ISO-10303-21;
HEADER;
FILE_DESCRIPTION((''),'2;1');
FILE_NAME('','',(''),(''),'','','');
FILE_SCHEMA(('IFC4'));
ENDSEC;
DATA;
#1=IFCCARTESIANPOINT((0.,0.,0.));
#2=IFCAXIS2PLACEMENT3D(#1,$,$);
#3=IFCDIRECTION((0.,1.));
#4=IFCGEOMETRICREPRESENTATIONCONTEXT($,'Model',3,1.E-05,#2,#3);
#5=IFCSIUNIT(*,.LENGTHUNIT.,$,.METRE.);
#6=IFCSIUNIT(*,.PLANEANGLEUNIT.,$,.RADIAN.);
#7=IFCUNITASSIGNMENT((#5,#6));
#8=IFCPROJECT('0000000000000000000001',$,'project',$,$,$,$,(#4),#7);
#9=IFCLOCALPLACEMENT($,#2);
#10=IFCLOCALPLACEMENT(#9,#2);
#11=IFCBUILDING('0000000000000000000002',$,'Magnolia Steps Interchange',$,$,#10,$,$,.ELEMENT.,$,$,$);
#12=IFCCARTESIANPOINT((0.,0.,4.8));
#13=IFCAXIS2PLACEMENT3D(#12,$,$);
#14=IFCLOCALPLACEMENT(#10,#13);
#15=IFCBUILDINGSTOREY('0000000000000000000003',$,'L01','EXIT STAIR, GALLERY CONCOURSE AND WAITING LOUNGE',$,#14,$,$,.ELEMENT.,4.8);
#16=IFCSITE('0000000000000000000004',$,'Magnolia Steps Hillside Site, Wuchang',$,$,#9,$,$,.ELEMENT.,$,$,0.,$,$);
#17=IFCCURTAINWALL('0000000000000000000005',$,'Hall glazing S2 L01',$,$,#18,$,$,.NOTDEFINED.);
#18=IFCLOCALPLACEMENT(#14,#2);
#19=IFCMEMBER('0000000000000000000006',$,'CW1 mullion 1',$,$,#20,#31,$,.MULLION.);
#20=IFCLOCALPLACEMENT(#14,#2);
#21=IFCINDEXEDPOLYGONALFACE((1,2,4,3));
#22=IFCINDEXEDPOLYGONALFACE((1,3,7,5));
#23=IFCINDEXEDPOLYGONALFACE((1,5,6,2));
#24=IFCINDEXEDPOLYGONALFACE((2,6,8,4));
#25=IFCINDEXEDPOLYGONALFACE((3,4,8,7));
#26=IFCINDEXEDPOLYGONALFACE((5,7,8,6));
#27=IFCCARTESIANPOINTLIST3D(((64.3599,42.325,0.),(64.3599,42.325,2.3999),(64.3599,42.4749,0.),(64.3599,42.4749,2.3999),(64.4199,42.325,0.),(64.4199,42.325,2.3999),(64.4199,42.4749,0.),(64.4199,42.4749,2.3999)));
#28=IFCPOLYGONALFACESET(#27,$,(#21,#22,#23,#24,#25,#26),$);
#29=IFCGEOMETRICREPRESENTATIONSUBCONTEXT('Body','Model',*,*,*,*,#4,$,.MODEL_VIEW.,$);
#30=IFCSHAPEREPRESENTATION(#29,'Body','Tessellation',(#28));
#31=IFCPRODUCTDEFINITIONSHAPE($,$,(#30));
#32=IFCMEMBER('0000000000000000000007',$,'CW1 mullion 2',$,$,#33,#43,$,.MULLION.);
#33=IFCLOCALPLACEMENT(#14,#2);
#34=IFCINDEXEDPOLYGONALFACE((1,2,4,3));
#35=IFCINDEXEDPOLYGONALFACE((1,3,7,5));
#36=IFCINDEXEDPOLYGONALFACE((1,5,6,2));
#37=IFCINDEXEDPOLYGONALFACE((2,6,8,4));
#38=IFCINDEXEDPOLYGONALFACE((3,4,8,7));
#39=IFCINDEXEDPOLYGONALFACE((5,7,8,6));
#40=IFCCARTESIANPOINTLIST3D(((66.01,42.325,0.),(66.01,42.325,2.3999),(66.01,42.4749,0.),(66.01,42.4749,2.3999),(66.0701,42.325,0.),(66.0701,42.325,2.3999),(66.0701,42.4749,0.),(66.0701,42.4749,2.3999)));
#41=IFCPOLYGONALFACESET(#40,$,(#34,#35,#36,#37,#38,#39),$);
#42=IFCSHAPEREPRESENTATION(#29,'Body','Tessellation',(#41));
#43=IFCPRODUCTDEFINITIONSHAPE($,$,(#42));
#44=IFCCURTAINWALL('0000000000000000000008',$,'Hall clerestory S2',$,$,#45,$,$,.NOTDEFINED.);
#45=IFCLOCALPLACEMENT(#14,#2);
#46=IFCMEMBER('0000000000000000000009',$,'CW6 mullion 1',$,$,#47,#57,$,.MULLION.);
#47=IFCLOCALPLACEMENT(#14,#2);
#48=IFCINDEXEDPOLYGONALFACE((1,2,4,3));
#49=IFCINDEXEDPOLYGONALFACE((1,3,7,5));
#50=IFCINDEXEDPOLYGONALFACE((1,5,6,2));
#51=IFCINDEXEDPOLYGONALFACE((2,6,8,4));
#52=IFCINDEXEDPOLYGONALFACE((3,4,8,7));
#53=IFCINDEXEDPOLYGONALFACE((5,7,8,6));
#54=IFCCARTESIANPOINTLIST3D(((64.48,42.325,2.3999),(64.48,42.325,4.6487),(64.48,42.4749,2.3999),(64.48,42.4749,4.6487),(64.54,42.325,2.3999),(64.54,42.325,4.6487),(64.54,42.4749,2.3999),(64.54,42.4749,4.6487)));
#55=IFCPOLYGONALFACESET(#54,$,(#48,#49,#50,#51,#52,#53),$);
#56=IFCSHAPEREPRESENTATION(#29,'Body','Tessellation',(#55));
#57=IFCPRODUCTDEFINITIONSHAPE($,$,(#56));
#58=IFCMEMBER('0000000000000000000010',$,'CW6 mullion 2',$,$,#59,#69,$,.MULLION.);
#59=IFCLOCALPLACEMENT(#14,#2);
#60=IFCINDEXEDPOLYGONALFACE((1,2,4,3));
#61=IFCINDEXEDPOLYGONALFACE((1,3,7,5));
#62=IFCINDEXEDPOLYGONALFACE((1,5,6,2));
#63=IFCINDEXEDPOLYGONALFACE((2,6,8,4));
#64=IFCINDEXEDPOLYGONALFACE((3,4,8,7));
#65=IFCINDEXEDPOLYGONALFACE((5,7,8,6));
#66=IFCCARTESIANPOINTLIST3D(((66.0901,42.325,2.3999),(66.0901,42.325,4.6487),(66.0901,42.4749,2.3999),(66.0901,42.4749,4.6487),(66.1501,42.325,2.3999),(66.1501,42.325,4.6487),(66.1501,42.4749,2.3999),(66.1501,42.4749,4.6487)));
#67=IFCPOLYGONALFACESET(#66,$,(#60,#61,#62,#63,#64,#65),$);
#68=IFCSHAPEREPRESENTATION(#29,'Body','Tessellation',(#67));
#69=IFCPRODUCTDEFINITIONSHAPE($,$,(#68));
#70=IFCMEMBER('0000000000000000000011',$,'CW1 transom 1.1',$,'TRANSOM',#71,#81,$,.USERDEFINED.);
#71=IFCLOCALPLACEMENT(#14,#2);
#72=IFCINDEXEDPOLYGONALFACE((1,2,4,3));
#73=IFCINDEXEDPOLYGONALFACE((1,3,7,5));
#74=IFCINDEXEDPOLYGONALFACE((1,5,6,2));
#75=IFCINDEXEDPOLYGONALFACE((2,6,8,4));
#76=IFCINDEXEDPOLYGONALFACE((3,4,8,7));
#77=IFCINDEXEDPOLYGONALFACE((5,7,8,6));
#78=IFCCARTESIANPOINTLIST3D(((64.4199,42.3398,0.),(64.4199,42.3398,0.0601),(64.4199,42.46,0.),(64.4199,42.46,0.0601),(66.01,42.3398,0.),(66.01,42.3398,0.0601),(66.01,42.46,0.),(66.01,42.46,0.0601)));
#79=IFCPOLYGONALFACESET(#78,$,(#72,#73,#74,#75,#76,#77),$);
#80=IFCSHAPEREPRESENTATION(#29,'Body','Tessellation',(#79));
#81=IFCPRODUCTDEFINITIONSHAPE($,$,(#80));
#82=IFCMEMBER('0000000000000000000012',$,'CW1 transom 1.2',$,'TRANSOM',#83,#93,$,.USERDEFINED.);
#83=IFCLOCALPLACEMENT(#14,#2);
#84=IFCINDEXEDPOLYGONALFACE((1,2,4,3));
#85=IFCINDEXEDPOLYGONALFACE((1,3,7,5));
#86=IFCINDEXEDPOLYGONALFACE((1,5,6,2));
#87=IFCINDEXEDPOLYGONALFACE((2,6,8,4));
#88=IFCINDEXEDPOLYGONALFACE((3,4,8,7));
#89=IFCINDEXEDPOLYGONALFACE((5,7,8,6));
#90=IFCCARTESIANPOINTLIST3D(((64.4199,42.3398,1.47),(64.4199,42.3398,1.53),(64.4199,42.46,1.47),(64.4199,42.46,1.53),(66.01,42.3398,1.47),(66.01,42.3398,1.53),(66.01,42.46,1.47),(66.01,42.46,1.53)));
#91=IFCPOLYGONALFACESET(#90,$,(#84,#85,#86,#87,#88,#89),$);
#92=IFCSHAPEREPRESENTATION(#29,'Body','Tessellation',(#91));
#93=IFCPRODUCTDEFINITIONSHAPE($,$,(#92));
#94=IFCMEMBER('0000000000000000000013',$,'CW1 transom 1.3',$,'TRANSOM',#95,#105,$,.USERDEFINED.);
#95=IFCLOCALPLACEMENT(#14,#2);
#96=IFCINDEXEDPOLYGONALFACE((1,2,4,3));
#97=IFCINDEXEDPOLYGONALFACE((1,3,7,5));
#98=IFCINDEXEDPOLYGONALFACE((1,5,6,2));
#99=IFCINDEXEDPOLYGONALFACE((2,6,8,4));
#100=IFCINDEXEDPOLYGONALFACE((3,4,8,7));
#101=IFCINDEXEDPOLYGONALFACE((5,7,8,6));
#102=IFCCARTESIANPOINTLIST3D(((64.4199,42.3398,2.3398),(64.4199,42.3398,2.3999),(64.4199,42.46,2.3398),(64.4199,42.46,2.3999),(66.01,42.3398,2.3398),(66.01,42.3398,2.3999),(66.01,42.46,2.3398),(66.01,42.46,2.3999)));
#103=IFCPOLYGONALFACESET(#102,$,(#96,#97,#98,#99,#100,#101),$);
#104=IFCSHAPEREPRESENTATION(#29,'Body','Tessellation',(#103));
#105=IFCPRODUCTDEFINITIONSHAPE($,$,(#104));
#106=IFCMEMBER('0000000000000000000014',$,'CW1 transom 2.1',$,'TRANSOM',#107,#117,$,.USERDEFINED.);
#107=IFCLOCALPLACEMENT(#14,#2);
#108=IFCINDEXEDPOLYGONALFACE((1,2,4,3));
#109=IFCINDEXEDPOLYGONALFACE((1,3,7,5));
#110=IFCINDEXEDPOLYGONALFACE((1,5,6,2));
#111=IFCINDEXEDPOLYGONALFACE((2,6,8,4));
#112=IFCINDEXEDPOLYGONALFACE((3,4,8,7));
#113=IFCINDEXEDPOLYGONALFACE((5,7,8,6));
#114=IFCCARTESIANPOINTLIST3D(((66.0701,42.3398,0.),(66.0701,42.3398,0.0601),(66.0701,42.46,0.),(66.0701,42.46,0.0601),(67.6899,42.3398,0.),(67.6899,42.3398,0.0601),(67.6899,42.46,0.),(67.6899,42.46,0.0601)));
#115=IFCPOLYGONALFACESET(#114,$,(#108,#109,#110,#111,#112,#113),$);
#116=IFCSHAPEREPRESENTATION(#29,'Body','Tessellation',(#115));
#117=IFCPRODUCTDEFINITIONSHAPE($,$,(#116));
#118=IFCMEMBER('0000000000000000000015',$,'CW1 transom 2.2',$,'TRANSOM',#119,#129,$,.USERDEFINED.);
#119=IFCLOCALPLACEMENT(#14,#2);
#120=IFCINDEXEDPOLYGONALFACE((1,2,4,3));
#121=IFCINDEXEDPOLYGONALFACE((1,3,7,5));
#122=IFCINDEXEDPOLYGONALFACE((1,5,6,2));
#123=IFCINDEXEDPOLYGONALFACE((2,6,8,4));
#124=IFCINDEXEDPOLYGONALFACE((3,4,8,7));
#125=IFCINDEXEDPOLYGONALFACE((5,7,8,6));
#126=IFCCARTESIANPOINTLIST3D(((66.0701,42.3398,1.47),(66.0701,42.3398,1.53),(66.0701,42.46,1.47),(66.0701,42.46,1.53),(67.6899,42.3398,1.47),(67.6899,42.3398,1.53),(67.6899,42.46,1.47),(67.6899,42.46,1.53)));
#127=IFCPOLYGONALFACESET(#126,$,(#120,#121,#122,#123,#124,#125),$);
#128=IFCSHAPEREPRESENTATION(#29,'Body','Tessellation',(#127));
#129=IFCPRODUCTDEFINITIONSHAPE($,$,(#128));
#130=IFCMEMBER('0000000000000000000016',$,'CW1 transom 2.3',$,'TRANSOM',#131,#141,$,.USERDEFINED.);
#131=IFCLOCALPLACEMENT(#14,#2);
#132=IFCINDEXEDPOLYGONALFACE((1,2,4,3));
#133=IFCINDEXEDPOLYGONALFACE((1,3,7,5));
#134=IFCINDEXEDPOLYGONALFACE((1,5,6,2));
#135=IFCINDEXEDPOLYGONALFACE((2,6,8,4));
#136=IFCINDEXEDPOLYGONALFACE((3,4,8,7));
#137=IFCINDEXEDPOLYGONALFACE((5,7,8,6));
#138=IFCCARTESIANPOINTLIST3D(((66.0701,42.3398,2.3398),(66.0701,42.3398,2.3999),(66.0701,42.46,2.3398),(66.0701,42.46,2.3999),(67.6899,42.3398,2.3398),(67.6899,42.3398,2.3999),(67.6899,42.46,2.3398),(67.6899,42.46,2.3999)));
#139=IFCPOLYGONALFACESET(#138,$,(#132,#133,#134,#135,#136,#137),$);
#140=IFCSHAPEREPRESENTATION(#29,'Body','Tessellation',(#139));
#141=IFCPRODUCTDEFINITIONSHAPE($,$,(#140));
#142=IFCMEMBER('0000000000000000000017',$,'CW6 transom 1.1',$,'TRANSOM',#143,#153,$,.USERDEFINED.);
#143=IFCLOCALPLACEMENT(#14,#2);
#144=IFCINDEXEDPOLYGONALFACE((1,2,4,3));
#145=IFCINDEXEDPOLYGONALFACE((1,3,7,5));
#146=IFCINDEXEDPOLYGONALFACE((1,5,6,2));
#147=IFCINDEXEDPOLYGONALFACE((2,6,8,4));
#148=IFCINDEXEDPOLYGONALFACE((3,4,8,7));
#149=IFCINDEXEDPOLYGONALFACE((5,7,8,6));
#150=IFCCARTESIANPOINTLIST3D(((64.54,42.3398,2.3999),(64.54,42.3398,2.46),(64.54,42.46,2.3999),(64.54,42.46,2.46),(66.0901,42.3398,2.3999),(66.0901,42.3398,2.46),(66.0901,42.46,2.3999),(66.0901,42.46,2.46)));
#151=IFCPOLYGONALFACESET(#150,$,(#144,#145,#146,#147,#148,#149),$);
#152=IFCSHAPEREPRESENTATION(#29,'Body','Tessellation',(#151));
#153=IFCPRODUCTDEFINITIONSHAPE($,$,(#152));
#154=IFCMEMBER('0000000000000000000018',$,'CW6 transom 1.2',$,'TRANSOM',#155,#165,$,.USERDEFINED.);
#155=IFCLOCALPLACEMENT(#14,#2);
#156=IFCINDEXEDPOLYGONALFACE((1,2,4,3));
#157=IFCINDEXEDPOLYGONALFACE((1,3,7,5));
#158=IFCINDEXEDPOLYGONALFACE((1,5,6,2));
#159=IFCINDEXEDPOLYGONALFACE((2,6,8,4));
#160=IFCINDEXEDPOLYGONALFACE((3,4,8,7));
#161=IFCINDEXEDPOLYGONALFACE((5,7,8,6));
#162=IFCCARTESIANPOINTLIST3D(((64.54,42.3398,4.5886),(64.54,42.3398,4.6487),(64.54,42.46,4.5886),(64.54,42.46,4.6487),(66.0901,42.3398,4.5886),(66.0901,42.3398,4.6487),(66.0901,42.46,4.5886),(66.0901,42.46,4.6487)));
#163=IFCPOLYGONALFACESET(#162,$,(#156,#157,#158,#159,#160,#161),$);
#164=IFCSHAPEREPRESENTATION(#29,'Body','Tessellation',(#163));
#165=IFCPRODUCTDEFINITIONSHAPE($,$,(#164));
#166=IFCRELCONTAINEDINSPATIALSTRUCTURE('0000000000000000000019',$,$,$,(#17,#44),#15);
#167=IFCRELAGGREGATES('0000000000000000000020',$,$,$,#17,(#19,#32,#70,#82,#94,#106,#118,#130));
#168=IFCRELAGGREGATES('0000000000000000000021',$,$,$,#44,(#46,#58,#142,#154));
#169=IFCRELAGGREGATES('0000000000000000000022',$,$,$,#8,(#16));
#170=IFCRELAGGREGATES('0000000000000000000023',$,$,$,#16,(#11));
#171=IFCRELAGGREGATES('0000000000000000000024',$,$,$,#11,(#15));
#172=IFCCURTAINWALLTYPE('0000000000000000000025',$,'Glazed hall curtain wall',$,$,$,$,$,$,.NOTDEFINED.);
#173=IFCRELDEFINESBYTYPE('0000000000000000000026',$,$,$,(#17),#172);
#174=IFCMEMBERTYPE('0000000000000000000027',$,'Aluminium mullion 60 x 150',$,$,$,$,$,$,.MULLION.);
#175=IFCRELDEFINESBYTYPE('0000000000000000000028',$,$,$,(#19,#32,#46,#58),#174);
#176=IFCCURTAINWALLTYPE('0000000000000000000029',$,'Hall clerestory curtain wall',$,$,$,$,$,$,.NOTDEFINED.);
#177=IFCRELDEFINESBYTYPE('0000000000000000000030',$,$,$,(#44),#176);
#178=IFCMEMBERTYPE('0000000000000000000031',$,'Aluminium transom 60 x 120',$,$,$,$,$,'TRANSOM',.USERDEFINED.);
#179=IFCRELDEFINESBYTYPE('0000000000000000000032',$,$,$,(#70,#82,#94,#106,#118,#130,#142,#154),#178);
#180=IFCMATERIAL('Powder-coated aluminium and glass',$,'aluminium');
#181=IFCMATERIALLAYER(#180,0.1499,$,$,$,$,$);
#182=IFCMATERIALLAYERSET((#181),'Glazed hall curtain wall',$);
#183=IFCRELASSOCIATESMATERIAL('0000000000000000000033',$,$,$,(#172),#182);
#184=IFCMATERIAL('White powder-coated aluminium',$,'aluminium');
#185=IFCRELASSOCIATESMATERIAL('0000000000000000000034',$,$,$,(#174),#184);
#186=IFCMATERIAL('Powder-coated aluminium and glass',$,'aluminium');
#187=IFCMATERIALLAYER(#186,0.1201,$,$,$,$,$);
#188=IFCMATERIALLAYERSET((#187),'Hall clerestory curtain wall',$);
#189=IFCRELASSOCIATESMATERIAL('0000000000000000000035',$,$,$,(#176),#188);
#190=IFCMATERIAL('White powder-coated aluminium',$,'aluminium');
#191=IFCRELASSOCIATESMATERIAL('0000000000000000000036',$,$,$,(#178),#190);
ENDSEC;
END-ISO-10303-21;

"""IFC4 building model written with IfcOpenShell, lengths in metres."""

from ifc_helpers import new_model, si_unit, direction, frame, origin, origin_2d, place, context, subcontext, project, spatial, rectangle, extrude, material, layer, layer_set, material_profile, profile_set, type_object, element, aggregate, save


model = new_model("IFC4")

# Units and contexts
model_context = context("Model", 3, precision=1e-05, world=origin(), true_north=direction((0.0, 1.0)))
body_context = subcontext(model_context, "Body", "Model", "MODEL_VIEW")
ifc_project = project(units=[si_unit("LENGTHUNIT", "METRE"), si_unit("PLANEANGLEUNIT", "RADIAN")], contexts=[model_context])

# Site, building, storey
site_placement = place(None, origin())
site = spatial("IfcSite", under=ifc_project, at=site_placement, Name="Magnolia Steps Hillside Site, Wuchang", CompositionType="ELEMENT", RefElevation=0.0)
building_placement = place(site_placement, origin())
building = spatial("IfcBuilding", under=site, at=building_placement, Name="Magnolia Steps Interchange", CompositionType="ELEMENT")
storey_placement = place(building_placement, frame((0.0, 0.0, 4.8)))
storey = spatial("IfcBuildingStorey", under=building, at=storey_placement, Name="L01", Description="EXIT STAIR, GALLERY CONCOURSE AND WAITING LOUNGE", CompositionType="ELEMENT", Elevation=4.8)

# Curtain walls, members
ifc_material_1 = material(Name="Powder-coated aluminium and glass", Category="aluminium")
ifc_layer_1 = layer(ifc_material_1, 0.1499)
ifc_layer_set_1 = layer_set([ifc_layer_1], Name="Glazed hall curtain wall")
curtain_wall_type_1 = type_object("IfcCurtainWallType", Name="Glazed hall curtain wall", PredefinedType="NOTDEFINED", material=ifc_layer_set_1)
curtain_wall_1_placement = place(storey_placement, origin())
curtain_wall_1 = element("IfcCurtainWall", 1, at=curtain_wall_1_placement, inside=storey, type_object=curtain_wall_type_1, Name="Hall glazing S2 L01", PredefinedType="NOTDEFINED")
ifc_material_2 = material(Name="White powder-coated aluminium", Category="aluminium")
ifc_material_profile_1 = material_profile(ifc_material_2, rectangle(XDim=0.0601, YDim=0.1499, at=origin_2d()), Name="Aluminium mullion 60 x 150")
ifc_profile_set_1 = profile_set([ifc_material_profile_1], Name="White powder-coated aluminium")
member_type_1 = type_object("IfcMemberType", Name="Aluminium mullion 60 x 150", PredefinedType="MULLION", material=ifc_profile_set_1)
member_1_placement = place(storey_placement, frame((64.3899, 42.3999, 0.0), z_axis=(0.0, 0.0, 1.0), x_axis=(1.0, 0.0, 0.0)))
member_1 = element("IfcMember", 2, at=member_1_placement, type_object=member_type_1, Name="CW1 mullion 1", PredefinedType="MULLION", context=body_context, shape_type="SweptSolid", body=[
    extrude(rectangle(XDim=0.0601, YDim=0.1499, at=origin_2d()), origin(), (0.0, 0.0, 1.0), 2.3999),
])
member_2_placement = place(storey_placement, frame((66.04, 42.3999, 0.0), z_axis=(0.0, 0.0, 1.0), x_axis=(1.0, 0.0, 0.0)))
member_2 = element("IfcMember", 3, at=member_2_placement, type_object=member_type_1, Name="CW1 mullion 2", PredefinedType="MULLION", context=body_context, shape_type="SweptSolid", body=[
    extrude(rectangle(XDim=0.0601, YDim=0.1499, at=origin_2d()), origin(), (0.0, 0.0, 1.0), 2.3999),
])
ifc_material_3 = material(Name="Powder-coated aluminium and glass", Category="aluminium")
ifc_layer_2 = layer(ifc_material_3, 0.1201)
ifc_layer_set_2 = layer_set([ifc_layer_2], Name="Hall clerestory curtain wall")
curtain_wall_type_2 = type_object("IfcCurtainWallType", Name="Hall clerestory curtain wall", PredefinedType="NOTDEFINED", material=ifc_layer_set_2)
curtain_wall_2_placement = place(storey_placement, origin())
curtain_wall_2 = element("IfcCurtainWall", 4, at=curtain_wall_2_placement, inside=storey, type_object=curtain_wall_type_2, Name="Hall clerestory S2", PredefinedType="NOTDEFINED")
member_3_placement = place(storey_placement, frame((64.51, 42.3999, 2.3999), z_axis=(0.0, 0.0, 1.0), x_axis=(1.0, 0.0, 0.0)))
member_3 = element("IfcMember", 5, at=member_3_placement, type_object=member_type_1, Name="CW6 mullion 1", PredefinedType="MULLION", context=body_context, shape_type="SweptSolid", body=[
    extrude(rectangle(XDim=0.0601, YDim=0.1499, at=origin_2d()), origin(), (0.0, 0.0, 1.0), 2.2488),
])
member_4_placement = place(storey_placement, frame((66.1201, 42.3999, 2.3999), z_axis=(0.0, 0.0, 1.0), x_axis=(1.0, 0.0, 0.0)))
member_4 = element("IfcMember", 6, at=member_4_placement, type_object=member_type_1, Name="CW6 mullion 2", PredefinedType="MULLION", context=body_context, shape_type="SweptSolid", body=[
    extrude(rectangle(XDim=0.0601, YDim=0.1499, at=origin_2d()), origin(), (0.0, 0.0, 1.0), 2.2488),
])

# Members
ifc_material_4 = material(Name="White powder-coated aluminium", Category="aluminium")
ifc_material_profile_2 = material_profile(ifc_material_4, rectangle(XDim=0.0601, YDim=0.1201, at=origin_2d()), Name="Aluminium transom 60 x 120")
ifc_profile_set_2 = profile_set([ifc_material_profile_2], Name="White powder-coated aluminium")
member_type_2 = type_object("IfcMemberType", Name="Aluminium transom 60 x 120", ElementType="TRANSOM", PredefinedType="USERDEFINED", material=ifc_profile_set_2)
member_5_placement = place(storey_placement, frame((64.4199, 42.3999, 0.03), z_axis=(1.0, 0.0, 0.0), x_axis=(0.0, 0.0, 1.0)))
member_5 = element("IfcMember", 7, at=member_5_placement, type_object=member_type_2, Name="CW1 transom 1.1", ObjectType="TRANSOM", PredefinedType="USERDEFINED", context=body_context, shape_type="SweptSolid", body=[
    extrude(rectangle(XDim=0.0601, YDim=0.1201, at=origin_2d()), origin(), (0.0, 0.0, 1.0), 1.5901),
])
member_6_placement = place(storey_placement, frame((64.4199, 42.3999, 1.5), z_axis=(1.0, 0.0, 0.0), x_axis=(0.0, 0.0, 1.0)))
member_6 = element("IfcMember", 8, at=member_6_placement, type_object=member_type_2, Name="CW1 transom 1.2", ObjectType="TRANSOM", PredefinedType="USERDEFINED", context=body_context, shape_type="SweptSolid", body=[
    extrude(rectangle(XDim=0.0601, YDim=0.1201, at=origin_2d()), origin(), (0.0, 0.0, 1.0), 1.5901),
])
member_7_placement = place(storey_placement, frame((64.4199, 42.3999, 2.3699), z_axis=(1.0, 0.0, 0.0), x_axis=(0.0, 0.0, 1.0)))
member_7 = element("IfcMember", 9, at=member_7_placement, type_object=member_type_2, Name="CW1 transom 1.3", ObjectType="TRANSOM", PredefinedType="USERDEFINED", context=body_context, shape_type="SweptSolid", body=[
    extrude(rectangle(XDim=0.0601, YDim=0.1201, at=origin_2d()), origin(), (0.0, 0.0, 1.0), 1.5901),
])
member_8_placement = place(storey_placement, frame((66.0701, 42.3999, 0.03), z_axis=(1.0, 0.0, 0.0), x_axis=(0.0, 0.0, 1.0)))
member_8 = element("IfcMember", 10, at=member_8_placement, type_object=member_type_2, Name="CW1 transom 2.1", ObjectType="TRANSOM", PredefinedType="USERDEFINED", context=body_context, shape_type="SweptSolid", body=[
    extrude(rectangle(XDim=0.0601, YDim=0.1201, at=origin_2d()), origin(), (0.0, 0.0, 1.0), 1.6199),
])
member_9_placement = place(storey_placement, frame((66.0701, 42.3999, 1.5), z_axis=(1.0, 0.0, 0.0), x_axis=(0.0, 0.0, 1.0)))
member_9 = element("IfcMember", 11, at=member_9_placement, type_object=member_type_2, Name="CW1 transom 2.2", ObjectType="TRANSOM", PredefinedType="USERDEFINED", context=body_context, shape_type="SweptSolid", body=[
    extrude(rectangle(XDim=0.0601, YDim=0.1201, at=origin_2d()), origin(), (0.0, 0.0, 1.0), 1.6199),
])
member_10_placement = place(storey_placement, frame((66.0701, 42.3999, 2.3699), z_axis=(1.0, 0.0, 0.0), x_axis=(0.0, 0.0, 1.0)))
member_10 = element("IfcMember", 12, at=member_10_placement, type_object=member_type_2, Name="CW1 transom 2.3", ObjectType="TRANSOM", PredefinedType="USERDEFINED", context=body_context, shape_type="SweptSolid", body=[
    extrude(rectangle(XDim=0.0601, YDim=0.1201, at=origin_2d()), origin(), (0.0, 0.0, 1.0), 1.6199),
])
member_11_placement = place(storey_placement, frame((64.54, 42.3999, 2.4299), z_axis=(1.0, 0.0, 0.0), x_axis=(0.0, 0.0, 1.0)))
member_11 = element("IfcMember", 13, at=member_11_placement, type_object=member_type_2, Name="CW6 transom 1.1", ObjectType="TRANSOM", PredefinedType="USERDEFINED", context=body_context, shape_type="SweptSolid", body=[
    extrude(rectangle(XDim=0.0601, YDim=0.1201, at=origin_2d()), origin(), (0.0, 0.0, 1.0), 1.55),
])
member_12_placement = place(storey_placement, frame((64.54, 42.3999, 4.6187), z_axis=(1.0, 0.0, 0.0), x_axis=(0.0, 0.0, 1.0)))
member_12 = element("IfcMember", 14, at=member_12_placement, type_object=member_type_2, Name="CW6 transom 1.2", ObjectType="TRANSOM", PredefinedType="USERDEFINED", context=body_context, shape_type="SweptSolid", body=[
    extrude(rectangle(XDim=0.0601, YDim=0.1201, at=origin_2d()), origin(), (0.0, 0.0, 1.0), 1.55),
])

aggregate(curtain_wall_1, [member_1, member_2, member_5, member_6, member_7, member_8, member_9, member_10])
aggregate(curtain_wall_2, [member_3, member_4, member_11, member_12])

save(model, "model.ifc")
